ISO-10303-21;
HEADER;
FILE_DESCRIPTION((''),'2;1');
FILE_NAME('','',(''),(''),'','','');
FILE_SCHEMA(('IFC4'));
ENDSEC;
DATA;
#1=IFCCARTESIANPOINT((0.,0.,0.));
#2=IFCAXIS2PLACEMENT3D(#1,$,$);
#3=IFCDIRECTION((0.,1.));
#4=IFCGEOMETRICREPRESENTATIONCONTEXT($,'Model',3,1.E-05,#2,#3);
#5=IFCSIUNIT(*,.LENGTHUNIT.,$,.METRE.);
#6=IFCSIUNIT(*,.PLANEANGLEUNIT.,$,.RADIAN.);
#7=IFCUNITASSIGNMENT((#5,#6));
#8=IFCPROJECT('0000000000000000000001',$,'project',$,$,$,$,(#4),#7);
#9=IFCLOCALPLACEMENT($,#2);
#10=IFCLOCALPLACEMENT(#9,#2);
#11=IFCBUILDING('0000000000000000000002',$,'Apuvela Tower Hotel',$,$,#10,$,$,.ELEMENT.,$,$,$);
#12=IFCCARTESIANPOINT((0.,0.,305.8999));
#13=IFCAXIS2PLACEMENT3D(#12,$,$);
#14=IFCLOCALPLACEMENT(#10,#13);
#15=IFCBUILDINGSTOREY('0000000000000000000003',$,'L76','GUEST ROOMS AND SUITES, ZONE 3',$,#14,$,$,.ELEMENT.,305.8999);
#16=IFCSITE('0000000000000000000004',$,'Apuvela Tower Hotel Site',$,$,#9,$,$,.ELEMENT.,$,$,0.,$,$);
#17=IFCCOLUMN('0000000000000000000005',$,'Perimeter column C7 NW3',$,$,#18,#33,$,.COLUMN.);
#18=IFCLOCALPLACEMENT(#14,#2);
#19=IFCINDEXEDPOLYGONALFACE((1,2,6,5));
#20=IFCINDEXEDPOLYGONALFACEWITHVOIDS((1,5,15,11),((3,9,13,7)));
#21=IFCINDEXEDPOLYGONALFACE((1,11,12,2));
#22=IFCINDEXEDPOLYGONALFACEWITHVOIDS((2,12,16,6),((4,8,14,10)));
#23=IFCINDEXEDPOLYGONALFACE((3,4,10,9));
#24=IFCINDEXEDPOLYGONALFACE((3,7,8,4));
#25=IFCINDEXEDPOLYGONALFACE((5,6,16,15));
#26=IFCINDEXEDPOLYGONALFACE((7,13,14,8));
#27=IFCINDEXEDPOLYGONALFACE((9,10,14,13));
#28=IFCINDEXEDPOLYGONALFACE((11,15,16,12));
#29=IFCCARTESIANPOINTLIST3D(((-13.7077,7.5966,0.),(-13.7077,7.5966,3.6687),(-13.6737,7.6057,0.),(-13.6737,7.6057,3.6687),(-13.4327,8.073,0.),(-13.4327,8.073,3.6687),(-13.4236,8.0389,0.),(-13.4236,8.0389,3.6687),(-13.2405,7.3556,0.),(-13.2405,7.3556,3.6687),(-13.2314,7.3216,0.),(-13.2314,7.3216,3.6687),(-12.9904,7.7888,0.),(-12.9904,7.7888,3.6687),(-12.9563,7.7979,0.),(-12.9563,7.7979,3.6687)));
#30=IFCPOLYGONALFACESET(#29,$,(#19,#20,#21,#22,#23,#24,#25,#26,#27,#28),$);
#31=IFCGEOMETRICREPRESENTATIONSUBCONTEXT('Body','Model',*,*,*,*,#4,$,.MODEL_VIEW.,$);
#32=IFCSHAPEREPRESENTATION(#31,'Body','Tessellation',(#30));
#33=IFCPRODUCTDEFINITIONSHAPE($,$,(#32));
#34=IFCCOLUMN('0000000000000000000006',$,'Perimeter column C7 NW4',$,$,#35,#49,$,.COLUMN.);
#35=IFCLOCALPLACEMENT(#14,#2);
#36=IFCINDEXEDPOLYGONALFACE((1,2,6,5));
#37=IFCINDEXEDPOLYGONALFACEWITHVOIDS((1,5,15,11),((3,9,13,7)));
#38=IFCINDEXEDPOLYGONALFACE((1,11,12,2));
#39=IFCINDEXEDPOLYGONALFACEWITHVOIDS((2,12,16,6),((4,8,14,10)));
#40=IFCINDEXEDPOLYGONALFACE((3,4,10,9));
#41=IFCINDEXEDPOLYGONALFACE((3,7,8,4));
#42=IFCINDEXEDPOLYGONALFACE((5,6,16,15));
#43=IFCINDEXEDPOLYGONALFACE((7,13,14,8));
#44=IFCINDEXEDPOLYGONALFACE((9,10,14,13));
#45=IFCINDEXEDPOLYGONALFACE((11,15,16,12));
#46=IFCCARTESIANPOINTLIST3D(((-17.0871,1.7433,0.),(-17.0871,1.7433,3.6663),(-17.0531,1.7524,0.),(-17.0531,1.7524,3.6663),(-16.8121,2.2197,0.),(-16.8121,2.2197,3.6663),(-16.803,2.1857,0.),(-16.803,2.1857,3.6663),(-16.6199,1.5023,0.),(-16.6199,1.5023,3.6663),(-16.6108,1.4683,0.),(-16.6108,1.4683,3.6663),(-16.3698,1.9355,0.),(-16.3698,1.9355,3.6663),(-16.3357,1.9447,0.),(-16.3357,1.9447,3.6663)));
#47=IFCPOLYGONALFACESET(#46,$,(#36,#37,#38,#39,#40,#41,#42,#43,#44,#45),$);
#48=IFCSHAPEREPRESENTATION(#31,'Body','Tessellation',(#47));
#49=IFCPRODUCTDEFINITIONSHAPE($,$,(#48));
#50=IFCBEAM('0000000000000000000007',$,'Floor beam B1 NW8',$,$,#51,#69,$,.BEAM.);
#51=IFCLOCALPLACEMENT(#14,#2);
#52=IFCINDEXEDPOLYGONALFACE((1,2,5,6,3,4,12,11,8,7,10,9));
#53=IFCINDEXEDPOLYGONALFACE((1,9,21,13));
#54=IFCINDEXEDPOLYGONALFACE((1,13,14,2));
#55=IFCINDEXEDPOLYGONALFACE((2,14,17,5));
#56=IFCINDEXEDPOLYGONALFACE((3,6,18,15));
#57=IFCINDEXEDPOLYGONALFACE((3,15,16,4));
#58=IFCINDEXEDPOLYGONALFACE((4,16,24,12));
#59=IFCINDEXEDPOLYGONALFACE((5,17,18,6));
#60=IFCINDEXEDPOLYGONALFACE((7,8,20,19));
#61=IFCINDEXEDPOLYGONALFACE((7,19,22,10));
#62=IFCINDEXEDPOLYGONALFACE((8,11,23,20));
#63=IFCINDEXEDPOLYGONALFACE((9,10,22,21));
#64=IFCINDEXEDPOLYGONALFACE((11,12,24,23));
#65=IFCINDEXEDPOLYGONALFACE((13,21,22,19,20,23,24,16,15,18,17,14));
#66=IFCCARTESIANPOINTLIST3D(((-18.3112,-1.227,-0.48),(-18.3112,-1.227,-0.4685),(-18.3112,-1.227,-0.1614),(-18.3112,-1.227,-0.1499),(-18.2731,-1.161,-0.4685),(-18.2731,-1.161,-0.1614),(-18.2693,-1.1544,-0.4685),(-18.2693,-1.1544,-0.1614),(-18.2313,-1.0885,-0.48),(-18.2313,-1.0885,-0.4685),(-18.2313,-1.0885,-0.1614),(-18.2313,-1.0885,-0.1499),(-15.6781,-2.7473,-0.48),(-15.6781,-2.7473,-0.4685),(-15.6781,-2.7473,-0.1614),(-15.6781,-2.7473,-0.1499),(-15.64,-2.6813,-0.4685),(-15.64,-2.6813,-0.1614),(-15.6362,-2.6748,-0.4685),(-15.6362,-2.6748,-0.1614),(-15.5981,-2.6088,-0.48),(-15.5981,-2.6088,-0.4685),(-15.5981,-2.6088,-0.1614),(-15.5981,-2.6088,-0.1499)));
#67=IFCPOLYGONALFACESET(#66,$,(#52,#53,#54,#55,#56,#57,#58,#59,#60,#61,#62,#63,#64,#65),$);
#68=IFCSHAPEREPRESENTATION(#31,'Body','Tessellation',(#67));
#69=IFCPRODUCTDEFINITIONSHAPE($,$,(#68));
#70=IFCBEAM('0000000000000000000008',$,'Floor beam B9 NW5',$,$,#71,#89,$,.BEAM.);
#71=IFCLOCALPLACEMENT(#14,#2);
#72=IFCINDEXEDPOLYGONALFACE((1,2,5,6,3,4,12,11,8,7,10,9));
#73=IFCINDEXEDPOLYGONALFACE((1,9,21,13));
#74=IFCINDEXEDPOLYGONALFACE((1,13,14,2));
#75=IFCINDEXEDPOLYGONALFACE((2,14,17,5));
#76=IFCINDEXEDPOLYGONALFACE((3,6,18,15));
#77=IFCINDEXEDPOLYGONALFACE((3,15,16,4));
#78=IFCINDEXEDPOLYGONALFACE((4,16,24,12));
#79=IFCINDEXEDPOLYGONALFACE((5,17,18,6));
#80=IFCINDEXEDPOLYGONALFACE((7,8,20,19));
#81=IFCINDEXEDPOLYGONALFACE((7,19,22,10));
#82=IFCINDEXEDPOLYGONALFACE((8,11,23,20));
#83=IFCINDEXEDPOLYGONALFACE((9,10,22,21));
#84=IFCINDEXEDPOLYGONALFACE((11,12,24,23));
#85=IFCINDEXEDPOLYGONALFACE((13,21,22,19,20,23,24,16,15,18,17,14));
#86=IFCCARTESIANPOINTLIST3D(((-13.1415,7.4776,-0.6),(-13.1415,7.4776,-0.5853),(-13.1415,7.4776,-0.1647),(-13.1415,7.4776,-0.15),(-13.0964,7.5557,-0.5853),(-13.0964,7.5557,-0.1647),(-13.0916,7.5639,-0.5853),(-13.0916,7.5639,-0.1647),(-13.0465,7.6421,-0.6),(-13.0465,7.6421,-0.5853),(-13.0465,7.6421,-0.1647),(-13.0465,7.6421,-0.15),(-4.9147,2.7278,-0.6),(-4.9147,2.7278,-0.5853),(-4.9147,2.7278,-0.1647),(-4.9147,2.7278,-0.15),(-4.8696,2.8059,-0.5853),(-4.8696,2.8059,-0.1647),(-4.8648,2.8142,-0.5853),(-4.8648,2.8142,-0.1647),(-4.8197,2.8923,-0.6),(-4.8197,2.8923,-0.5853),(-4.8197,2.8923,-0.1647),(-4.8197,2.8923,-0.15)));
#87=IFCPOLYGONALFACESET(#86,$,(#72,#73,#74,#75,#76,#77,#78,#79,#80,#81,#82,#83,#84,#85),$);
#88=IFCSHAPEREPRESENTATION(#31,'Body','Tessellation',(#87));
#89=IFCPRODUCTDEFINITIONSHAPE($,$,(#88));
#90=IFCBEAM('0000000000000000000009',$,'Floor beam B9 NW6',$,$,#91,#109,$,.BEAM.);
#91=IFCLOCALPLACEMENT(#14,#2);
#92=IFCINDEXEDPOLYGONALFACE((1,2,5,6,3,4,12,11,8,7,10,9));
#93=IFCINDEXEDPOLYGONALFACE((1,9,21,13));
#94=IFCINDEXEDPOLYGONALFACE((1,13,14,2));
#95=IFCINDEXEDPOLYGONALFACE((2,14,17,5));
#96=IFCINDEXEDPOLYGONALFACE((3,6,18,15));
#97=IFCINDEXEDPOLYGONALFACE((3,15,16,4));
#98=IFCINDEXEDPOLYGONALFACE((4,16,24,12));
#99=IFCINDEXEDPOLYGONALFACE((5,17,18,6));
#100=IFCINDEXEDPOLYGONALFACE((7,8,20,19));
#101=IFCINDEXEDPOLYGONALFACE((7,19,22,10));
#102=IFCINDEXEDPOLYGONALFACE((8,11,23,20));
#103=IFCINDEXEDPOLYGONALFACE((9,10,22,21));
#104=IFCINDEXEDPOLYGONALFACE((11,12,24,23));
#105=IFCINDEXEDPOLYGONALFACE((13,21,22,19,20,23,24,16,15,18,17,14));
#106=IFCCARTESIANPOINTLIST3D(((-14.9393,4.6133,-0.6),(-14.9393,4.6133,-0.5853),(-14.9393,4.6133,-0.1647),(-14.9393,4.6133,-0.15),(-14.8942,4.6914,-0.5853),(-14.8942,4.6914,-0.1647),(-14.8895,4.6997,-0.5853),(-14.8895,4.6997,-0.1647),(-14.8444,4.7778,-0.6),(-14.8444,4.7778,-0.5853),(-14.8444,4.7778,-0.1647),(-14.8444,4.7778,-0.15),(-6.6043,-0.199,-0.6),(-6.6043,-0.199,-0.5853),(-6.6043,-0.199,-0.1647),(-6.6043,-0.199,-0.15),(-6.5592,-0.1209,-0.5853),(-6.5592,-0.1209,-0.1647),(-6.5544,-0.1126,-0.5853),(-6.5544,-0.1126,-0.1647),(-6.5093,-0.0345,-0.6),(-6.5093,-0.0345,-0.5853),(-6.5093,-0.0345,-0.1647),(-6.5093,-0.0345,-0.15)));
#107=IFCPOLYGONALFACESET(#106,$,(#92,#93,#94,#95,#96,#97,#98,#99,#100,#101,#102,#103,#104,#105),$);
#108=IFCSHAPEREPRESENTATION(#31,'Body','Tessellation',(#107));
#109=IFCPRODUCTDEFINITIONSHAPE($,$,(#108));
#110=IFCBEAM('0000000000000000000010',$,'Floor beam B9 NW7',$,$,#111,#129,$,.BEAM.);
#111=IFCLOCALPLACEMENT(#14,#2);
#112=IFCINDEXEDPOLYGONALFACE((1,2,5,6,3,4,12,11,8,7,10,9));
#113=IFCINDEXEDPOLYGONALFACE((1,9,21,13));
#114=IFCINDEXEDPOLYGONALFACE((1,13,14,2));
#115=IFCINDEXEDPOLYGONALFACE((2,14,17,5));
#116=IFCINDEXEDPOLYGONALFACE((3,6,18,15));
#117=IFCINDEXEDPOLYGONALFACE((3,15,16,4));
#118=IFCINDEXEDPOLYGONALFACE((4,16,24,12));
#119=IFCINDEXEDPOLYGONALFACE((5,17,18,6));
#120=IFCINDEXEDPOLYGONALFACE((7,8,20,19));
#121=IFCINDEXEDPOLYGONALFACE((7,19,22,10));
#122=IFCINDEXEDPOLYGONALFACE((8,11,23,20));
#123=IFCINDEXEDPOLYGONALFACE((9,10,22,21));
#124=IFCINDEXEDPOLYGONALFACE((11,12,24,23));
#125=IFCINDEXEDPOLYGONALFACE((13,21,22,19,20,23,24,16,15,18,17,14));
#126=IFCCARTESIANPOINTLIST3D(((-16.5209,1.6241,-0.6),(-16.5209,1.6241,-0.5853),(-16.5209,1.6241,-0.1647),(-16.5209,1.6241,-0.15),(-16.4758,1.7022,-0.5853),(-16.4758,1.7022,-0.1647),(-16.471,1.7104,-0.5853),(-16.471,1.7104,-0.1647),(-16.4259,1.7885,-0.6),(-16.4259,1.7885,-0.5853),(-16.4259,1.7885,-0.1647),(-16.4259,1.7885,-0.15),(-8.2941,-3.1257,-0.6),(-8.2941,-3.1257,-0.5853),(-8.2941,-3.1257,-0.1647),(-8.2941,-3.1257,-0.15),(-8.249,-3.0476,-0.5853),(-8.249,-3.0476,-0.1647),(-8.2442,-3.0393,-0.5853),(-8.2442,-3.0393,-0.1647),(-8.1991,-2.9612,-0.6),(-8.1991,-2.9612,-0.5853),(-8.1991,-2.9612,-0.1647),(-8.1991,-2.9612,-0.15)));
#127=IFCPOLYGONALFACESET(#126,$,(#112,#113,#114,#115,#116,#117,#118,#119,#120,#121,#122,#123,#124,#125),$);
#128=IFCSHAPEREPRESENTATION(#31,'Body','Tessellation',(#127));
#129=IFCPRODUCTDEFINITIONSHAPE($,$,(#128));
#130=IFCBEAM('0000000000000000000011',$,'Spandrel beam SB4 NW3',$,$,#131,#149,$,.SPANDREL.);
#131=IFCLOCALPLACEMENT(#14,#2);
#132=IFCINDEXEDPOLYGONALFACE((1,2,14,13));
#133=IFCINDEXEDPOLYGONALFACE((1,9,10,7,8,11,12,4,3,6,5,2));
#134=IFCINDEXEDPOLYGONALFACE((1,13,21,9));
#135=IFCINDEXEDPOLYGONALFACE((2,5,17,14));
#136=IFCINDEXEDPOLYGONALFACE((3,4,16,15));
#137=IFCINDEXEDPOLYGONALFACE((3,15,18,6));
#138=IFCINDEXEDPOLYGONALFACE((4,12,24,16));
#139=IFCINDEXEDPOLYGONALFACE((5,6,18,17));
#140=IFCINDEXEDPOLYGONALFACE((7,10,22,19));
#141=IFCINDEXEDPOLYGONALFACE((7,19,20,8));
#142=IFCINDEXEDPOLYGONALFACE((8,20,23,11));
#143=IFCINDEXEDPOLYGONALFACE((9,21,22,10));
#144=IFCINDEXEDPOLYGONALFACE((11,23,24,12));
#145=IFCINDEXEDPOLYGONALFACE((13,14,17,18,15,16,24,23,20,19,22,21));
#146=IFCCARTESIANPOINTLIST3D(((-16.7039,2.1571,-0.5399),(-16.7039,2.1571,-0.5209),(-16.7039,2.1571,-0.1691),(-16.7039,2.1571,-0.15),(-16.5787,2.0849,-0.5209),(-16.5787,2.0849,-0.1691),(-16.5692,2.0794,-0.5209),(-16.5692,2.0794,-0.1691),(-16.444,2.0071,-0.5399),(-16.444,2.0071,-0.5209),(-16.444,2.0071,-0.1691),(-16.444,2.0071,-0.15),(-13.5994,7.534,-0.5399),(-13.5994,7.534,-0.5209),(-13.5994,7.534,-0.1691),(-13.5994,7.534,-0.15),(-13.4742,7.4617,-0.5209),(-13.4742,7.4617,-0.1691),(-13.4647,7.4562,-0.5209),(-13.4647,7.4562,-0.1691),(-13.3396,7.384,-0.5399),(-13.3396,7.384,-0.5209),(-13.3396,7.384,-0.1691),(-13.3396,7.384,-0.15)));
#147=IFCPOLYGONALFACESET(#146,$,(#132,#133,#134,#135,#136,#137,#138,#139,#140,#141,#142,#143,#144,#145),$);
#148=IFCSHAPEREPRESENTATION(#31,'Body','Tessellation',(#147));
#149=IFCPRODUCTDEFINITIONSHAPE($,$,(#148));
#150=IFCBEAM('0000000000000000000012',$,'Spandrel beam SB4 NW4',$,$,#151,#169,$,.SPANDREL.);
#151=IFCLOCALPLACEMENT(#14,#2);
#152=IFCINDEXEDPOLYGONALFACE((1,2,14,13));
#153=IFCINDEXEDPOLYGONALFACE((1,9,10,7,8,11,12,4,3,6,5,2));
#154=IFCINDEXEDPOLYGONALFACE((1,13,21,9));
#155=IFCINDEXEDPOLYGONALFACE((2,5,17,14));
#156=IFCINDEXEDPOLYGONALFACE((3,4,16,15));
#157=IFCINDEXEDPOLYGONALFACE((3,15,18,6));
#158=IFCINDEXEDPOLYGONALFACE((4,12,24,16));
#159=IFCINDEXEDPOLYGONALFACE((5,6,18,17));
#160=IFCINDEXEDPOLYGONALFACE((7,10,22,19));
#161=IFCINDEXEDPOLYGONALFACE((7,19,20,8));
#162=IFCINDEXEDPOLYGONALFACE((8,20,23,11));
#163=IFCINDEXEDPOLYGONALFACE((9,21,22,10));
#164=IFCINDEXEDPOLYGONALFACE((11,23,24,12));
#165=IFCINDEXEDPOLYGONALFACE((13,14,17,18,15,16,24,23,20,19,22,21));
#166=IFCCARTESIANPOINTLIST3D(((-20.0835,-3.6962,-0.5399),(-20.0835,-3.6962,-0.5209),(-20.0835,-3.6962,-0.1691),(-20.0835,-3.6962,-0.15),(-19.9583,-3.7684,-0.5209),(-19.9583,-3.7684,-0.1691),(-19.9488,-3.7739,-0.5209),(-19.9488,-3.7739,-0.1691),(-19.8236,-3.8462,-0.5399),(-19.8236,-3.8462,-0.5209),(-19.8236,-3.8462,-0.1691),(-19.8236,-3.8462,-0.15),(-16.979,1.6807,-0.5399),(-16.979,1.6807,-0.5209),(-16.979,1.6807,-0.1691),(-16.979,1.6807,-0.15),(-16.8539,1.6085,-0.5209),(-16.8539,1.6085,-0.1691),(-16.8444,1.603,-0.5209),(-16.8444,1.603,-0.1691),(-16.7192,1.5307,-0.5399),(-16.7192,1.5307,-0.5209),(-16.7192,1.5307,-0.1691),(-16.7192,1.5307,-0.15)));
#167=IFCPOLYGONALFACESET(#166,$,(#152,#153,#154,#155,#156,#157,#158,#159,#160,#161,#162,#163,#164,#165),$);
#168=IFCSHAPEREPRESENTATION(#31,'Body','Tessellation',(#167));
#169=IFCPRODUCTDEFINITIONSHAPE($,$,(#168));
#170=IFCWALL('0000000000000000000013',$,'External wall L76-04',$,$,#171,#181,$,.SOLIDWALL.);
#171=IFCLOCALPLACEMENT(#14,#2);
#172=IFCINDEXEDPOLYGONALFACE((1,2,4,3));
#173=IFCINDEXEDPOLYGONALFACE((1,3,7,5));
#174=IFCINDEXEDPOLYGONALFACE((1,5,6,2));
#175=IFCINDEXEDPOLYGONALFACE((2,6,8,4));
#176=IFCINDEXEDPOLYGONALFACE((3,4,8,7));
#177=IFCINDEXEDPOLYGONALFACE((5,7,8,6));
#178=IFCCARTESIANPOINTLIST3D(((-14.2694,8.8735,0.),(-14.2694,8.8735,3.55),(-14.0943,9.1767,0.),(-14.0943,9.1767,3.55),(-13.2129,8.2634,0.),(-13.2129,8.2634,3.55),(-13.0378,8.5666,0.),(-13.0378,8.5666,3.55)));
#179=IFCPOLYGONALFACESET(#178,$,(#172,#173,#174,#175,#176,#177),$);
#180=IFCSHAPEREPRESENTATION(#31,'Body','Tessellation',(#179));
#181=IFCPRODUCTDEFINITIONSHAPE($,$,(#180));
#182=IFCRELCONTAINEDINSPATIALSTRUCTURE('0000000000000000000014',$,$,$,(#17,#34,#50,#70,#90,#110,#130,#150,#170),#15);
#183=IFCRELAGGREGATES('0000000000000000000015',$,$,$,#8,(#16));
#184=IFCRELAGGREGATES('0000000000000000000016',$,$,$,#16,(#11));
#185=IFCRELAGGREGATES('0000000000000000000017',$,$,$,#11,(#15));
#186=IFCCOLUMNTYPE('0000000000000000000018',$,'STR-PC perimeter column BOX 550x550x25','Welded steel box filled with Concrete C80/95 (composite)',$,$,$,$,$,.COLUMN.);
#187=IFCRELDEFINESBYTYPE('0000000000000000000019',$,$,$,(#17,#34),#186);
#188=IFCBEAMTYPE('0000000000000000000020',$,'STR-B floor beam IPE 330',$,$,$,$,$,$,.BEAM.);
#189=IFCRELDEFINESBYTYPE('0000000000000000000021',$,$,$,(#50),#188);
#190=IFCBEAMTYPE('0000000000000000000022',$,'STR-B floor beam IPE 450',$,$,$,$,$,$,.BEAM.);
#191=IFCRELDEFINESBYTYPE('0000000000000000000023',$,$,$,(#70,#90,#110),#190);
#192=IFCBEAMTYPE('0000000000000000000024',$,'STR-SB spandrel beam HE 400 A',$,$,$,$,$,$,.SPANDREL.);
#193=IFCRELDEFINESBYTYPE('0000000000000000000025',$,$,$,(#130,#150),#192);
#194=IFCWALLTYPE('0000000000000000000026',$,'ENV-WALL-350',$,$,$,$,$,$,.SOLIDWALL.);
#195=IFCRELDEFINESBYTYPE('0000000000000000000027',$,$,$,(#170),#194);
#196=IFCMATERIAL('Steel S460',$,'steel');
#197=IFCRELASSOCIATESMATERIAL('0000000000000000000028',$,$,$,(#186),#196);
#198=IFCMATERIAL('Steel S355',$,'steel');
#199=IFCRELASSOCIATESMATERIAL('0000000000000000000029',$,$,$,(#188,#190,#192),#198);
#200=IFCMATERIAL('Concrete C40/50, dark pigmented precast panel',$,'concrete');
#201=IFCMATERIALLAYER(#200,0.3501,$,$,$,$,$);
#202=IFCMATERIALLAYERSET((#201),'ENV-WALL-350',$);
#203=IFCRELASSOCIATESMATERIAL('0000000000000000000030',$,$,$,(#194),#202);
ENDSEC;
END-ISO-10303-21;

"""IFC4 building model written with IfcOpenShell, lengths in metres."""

from ifc_helpers import new_model, si_unit, direction, frame, frame_2d, origin, origin_2d, place, context, subcontext, project, spatial, rectangle, hollow_rectangle, i_section, extrude, boolean, halfspace, material, layer, layer_set, material_profile, profile_set, type_object, element, save


model = new_model("IFC4")

# Units and contexts
model_context = context("Model", 3, precision=1e-05, world=origin(), true_north=direction((0.0, 1.0)))
body_context = subcontext(model_context, "Body", "Model", "MODEL_VIEW")
ifc_project = project(units=[si_unit("LENGTHUNIT", "METRE"), si_unit("PLANEANGLEUNIT", "RADIAN")], contexts=[model_context])

# Site, building, storey
site_placement = place(None, origin())
site = spatial("IfcSite", under=ifc_project, at=site_placement, Name="Apuvela Tower Hotel Site", CompositionType="ELEMENT", RefElevation=0.0)
building_placement = place(site_placement, origin())
building = spatial("IfcBuilding", under=site, at=building_placement, Name="Apuvela Tower Hotel", CompositionType="ELEMENT")
storey_placement = place(building_placement, frame((0.0, 0.0, 305.8999)))
storey = spatial("IfcBuildingStorey", under=building, at=storey_placement, Name="L76", Description="GUEST ROOMS AND SUITES, ZONE 3", CompositionType="ELEMENT", Elevation=305.8999)

# Columns
ifc_material_1 = material(Name="Steel S460", Category="steel")
ifc_material_profile_1 = material_profile(ifc_material_1, hollow_rectangle(XDim=0.55, YDim=0.55, WallThickness=0.0249, at=origin_2d()), Name="BOX 550x550x25")
ifc_material_2 = material(Name="Concrete C80/95", Category="concrete")
ifc_material_profile_2 = material_profile(ifc_material_2, rectangle(XDim=0.5, YDim=0.5, at=origin_2d()), Name="Concrete C80/95 infill")
ifc_profile_set_1 = profile_set([ifc_material_profile_1, ifc_material_profile_2], Name="Steel S460")
column_type = type_object("IfcColumnType", Name="STR-PC perimeter column BOX 550x550x25", Description="Welded steel box filled with Concrete C80/95 (composite)", PredefinedType="COLUMN", material=ifc_profile_set_1)
column_1_placement = place(storey_placement, frame((-13.332, 7.6973, 0.0), z_axis=(0.0, 0.0, 1.0), x_axis=(0.5, 0.866025, 0.0)))
element("IfcColumn", 1, at=column_1_placement, inside=storey, type_object=column_type, Name="Perimeter column C7 NW3", PredefinedType="COLUMN", context=body_context, shape_type="SweptSolid", body=[
    boolean("DIFFERENCE", extrude(hollow_rectangle(XDim=0.55, YDim=0.55, WallThickness=0.0249, at=origin_2d()), origin(), (0.0, 0.0, 1.0), 3.7002), halfspace(frame((0.0, 0.0, 3.6687), z_axis=(0.0, 0.0, 1.0), x_axis=(1.0, 0.0, 0.0)), False)),
])
column_2_placement = place(storey_placement, frame((-16.7114, 1.844, 0.0), z_axis=(0.0, 0.0, 1.0), x_axis=(0.5, 0.866025, 0.0)))
element("IfcColumn", 2, at=column_2_placement, inside=storey, type_object=column_type, Name="Perimeter column C7 NW4", PredefinedType="COLUMN", context=body_context, shape_type="SweptSolid", body=[
    boolean("DIFFERENCE", extrude(hollow_rectangle(XDim=0.55, YDim=0.55, WallThickness=0.0249, at=origin_2d()), origin(), (0.0, 0.0, 1.0), 3.7002), halfspace(frame((0.0, 0.0, 3.6663), z_axis=(0.0, 0.0, 1.0), x_axis=(1.0, 0.0, 0.0)), False)),
])

# Beams
ifc_material_3 = material(Name="Steel S355", Category="steel")
ifc_material_profile_3 = material_profile(ifc_material_3, i_section(OverallWidth=0.1599, OverallDepth=0.3301, WebThickness=0.0076, FlangeThickness=0.0115, at=origin_2d()), Name="IPE 330")
ifc_profile_set_2 = profile_set([ifc_material_profile_3], Name="Steel S355")
beam_type_1 = type_object("IfcBeamType", Name="STR-B floor beam IPE 330", PredefinedType="BEAM", material=ifc_profile_set_2)
beam_1_placement = place(storey_placement, frame((-18.2712, -1.1577, -0.3149), z_axis=(0.866016, -0.500017, 0.0), x_axis=(0.500017, 0.866016, 0.0)))
element("IfcBeam", 3, at=beam_1_placement, inside=storey, type_object=beam_type_1, Name="Floor beam B1 NW8", PredefinedType="BEAM", context=body_context, shape_type="SweptSolid", body=[
    extrude(i_section(OverallWidth=0.1599, OverallDepth=0.3301, WebThickness=0.0076, FlangeThickness=0.0115, at=origin_2d()), origin(), (0.0, 0.0, 1.0), 3.0405),
])
ifc_material_profile_4 = material_profile(ifc_material_3, i_section(OverallWidth=0.1899, OverallDepth=0.45, WebThickness=0.0095, FlangeThickness=0.0146, at=origin_2d()), Name="IPE 450")
ifc_profile_set_3 = profile_set([ifc_material_profile_4], Name="Steel S355")
beam_type_2 = type_object("IfcBeamType", Name="STR-B floor beam IPE 450", PredefinedType="BEAM", material=ifc_profile_set_3)
beam_2_placement = place(storey_placement, frame((-13.094, 7.5598, -0.375), z_axis=(0.866025, -0.500001, 0.0), x_axis=(0.500001, 0.866025, 0.0)))
element("IfcBeam", 4, at=beam_2_placement, inside=storey, type_object=beam_type_2, Name="Floor beam B9 NW5", PredefinedType="BEAM", context=body_context, shape_type="SweptSolid", body=[
    extrude(i_section(OverallWidth=0.1899, OverallDepth=0.45, WebThickness=0.0095, FlangeThickness=0.0146, at=origin_2d()), origin(), (0.0, 0.0, 1.0), 9.4995),
])
beam_3_placement = place(storey_placement, frame((-14.8918, 4.6956, -0.375), z_axis=(0.866023, -0.500005, 0.0), x_axis=(0.500005, 0.866023, 0.0)))
element("IfcBeam", 5, at=beam_3_placement, inside=storey, type_object=beam_type_2, Name="Floor beam B9 NW6", PredefinedType="BEAM", context=body_context, shape_type="SweptSolid", body=[
    extrude(i_section(OverallWidth=0.1899, OverallDepth=0.45, WebThickness=0.0095, FlangeThickness=0.0146, at=origin_2d()), origin(), (0.0, 0.0, 1.0), 9.6245),
])
beam_4_placement = place(storey_placement, frame((-16.4734, 1.7063, -0.375), z_axis=(0.866025, -0.500001, 0.0), x_axis=(0.500001, 0.866025, 0.0)))
element("IfcBeam", 6, at=beam_4_placement, inside=storey, type_object=beam_type_2, Name="Floor beam B9 NW7", PredefinedType="BEAM", context=body_context, shape_type="SweptSolid", body=[
    extrude(i_section(OverallWidth=0.1899, OverallDepth=0.45, WebThickness=0.0095, FlangeThickness=0.0146, at=origin_2d()), origin(), (0.0, 0.0, 1.0), 9.4995),
])
ifc_material_profile_5 = material_profile(ifc_material_3, i_section(OverallWidth=0.3, OverallDepth=0.3899, WebThickness=0.011, FlangeThickness=0.019, at=origin_2d()), Name="HE 400 A")
ifc_profile_set_4 = profile_set([ifc_material_profile_5], Name="Steel S355")
beam_type_3 = type_object("IfcBeamType", Name="STR-SB spandrel beam HE 400 A", PredefinedType="SPANDREL", material=ifc_profile_set_4)
for number, where, z_axis, x_axis, name in (
    (7, (-13.4695, 7.459, -0.345), (-0.500013, -0.866018, 0.0), (0.866018, -0.500013, 0.0), "Spandrel beam SB4 NW3"),
    (8, (-16.8491, 1.6057, -0.345), (-0.500013, -0.866018, 0.0), (0.866018, -0.500013, 0.0), "Spandrel beam SB4 NW4"),
):
    element("IfcBeam", number, at=place(storey_placement, frame(where, z_axis=z_axis, x_axis=x_axis)), inside=storey, type_object=beam_type_3, Name=name, PredefinedType="SPANDREL", context=body_context, shape_type="SweptSolid", body=[
        extrude(i_section(OverallWidth=0.3, OverallDepth=0.3899, WebThickness=0.011, FlangeThickness=0.019, at=origin_2d()), origin(), (0.0, 0.0, 1.0), 6.2087),
    ])

# Wall
ifc_material_4 = material(Name="Concrete C40/50, dark pigmented precast panel", Category="concrete")
ifc_layer_1 = layer(ifc_material_4, 0.3501)
ifc_layer_set_1 = layer_set([ifc_layer_1], Name="ENV-WALL-350")
wall_type_1 = type_object("IfcWallType", Name="ENV-WALL-350", PredefinedType="SOLIDWALL", material=ifc_layer_set_1)
wall_1_placement = place(storey_placement, frame((-13.1255, 8.415, 0.0), z_axis=(0.0, 0.0, 1.0), x_axis=(-0.865956, 0.500121, 0.0)))
element("IfcWall", 9, at=wall_1_placement, inside=storey, type_object=wall_type_1, Name="External wall L76-04", PredefinedType="SOLIDWALL", context=body_context, shape_type="SweptSolid", body=[
    extrude(rectangle(XDim=1.22, YDim=0.3501, at=frame_2d((0.6099, 0.0))), origin(), (0.0, 0.0, 1.0), 3.55),
])

save(model, "model.ifc")
